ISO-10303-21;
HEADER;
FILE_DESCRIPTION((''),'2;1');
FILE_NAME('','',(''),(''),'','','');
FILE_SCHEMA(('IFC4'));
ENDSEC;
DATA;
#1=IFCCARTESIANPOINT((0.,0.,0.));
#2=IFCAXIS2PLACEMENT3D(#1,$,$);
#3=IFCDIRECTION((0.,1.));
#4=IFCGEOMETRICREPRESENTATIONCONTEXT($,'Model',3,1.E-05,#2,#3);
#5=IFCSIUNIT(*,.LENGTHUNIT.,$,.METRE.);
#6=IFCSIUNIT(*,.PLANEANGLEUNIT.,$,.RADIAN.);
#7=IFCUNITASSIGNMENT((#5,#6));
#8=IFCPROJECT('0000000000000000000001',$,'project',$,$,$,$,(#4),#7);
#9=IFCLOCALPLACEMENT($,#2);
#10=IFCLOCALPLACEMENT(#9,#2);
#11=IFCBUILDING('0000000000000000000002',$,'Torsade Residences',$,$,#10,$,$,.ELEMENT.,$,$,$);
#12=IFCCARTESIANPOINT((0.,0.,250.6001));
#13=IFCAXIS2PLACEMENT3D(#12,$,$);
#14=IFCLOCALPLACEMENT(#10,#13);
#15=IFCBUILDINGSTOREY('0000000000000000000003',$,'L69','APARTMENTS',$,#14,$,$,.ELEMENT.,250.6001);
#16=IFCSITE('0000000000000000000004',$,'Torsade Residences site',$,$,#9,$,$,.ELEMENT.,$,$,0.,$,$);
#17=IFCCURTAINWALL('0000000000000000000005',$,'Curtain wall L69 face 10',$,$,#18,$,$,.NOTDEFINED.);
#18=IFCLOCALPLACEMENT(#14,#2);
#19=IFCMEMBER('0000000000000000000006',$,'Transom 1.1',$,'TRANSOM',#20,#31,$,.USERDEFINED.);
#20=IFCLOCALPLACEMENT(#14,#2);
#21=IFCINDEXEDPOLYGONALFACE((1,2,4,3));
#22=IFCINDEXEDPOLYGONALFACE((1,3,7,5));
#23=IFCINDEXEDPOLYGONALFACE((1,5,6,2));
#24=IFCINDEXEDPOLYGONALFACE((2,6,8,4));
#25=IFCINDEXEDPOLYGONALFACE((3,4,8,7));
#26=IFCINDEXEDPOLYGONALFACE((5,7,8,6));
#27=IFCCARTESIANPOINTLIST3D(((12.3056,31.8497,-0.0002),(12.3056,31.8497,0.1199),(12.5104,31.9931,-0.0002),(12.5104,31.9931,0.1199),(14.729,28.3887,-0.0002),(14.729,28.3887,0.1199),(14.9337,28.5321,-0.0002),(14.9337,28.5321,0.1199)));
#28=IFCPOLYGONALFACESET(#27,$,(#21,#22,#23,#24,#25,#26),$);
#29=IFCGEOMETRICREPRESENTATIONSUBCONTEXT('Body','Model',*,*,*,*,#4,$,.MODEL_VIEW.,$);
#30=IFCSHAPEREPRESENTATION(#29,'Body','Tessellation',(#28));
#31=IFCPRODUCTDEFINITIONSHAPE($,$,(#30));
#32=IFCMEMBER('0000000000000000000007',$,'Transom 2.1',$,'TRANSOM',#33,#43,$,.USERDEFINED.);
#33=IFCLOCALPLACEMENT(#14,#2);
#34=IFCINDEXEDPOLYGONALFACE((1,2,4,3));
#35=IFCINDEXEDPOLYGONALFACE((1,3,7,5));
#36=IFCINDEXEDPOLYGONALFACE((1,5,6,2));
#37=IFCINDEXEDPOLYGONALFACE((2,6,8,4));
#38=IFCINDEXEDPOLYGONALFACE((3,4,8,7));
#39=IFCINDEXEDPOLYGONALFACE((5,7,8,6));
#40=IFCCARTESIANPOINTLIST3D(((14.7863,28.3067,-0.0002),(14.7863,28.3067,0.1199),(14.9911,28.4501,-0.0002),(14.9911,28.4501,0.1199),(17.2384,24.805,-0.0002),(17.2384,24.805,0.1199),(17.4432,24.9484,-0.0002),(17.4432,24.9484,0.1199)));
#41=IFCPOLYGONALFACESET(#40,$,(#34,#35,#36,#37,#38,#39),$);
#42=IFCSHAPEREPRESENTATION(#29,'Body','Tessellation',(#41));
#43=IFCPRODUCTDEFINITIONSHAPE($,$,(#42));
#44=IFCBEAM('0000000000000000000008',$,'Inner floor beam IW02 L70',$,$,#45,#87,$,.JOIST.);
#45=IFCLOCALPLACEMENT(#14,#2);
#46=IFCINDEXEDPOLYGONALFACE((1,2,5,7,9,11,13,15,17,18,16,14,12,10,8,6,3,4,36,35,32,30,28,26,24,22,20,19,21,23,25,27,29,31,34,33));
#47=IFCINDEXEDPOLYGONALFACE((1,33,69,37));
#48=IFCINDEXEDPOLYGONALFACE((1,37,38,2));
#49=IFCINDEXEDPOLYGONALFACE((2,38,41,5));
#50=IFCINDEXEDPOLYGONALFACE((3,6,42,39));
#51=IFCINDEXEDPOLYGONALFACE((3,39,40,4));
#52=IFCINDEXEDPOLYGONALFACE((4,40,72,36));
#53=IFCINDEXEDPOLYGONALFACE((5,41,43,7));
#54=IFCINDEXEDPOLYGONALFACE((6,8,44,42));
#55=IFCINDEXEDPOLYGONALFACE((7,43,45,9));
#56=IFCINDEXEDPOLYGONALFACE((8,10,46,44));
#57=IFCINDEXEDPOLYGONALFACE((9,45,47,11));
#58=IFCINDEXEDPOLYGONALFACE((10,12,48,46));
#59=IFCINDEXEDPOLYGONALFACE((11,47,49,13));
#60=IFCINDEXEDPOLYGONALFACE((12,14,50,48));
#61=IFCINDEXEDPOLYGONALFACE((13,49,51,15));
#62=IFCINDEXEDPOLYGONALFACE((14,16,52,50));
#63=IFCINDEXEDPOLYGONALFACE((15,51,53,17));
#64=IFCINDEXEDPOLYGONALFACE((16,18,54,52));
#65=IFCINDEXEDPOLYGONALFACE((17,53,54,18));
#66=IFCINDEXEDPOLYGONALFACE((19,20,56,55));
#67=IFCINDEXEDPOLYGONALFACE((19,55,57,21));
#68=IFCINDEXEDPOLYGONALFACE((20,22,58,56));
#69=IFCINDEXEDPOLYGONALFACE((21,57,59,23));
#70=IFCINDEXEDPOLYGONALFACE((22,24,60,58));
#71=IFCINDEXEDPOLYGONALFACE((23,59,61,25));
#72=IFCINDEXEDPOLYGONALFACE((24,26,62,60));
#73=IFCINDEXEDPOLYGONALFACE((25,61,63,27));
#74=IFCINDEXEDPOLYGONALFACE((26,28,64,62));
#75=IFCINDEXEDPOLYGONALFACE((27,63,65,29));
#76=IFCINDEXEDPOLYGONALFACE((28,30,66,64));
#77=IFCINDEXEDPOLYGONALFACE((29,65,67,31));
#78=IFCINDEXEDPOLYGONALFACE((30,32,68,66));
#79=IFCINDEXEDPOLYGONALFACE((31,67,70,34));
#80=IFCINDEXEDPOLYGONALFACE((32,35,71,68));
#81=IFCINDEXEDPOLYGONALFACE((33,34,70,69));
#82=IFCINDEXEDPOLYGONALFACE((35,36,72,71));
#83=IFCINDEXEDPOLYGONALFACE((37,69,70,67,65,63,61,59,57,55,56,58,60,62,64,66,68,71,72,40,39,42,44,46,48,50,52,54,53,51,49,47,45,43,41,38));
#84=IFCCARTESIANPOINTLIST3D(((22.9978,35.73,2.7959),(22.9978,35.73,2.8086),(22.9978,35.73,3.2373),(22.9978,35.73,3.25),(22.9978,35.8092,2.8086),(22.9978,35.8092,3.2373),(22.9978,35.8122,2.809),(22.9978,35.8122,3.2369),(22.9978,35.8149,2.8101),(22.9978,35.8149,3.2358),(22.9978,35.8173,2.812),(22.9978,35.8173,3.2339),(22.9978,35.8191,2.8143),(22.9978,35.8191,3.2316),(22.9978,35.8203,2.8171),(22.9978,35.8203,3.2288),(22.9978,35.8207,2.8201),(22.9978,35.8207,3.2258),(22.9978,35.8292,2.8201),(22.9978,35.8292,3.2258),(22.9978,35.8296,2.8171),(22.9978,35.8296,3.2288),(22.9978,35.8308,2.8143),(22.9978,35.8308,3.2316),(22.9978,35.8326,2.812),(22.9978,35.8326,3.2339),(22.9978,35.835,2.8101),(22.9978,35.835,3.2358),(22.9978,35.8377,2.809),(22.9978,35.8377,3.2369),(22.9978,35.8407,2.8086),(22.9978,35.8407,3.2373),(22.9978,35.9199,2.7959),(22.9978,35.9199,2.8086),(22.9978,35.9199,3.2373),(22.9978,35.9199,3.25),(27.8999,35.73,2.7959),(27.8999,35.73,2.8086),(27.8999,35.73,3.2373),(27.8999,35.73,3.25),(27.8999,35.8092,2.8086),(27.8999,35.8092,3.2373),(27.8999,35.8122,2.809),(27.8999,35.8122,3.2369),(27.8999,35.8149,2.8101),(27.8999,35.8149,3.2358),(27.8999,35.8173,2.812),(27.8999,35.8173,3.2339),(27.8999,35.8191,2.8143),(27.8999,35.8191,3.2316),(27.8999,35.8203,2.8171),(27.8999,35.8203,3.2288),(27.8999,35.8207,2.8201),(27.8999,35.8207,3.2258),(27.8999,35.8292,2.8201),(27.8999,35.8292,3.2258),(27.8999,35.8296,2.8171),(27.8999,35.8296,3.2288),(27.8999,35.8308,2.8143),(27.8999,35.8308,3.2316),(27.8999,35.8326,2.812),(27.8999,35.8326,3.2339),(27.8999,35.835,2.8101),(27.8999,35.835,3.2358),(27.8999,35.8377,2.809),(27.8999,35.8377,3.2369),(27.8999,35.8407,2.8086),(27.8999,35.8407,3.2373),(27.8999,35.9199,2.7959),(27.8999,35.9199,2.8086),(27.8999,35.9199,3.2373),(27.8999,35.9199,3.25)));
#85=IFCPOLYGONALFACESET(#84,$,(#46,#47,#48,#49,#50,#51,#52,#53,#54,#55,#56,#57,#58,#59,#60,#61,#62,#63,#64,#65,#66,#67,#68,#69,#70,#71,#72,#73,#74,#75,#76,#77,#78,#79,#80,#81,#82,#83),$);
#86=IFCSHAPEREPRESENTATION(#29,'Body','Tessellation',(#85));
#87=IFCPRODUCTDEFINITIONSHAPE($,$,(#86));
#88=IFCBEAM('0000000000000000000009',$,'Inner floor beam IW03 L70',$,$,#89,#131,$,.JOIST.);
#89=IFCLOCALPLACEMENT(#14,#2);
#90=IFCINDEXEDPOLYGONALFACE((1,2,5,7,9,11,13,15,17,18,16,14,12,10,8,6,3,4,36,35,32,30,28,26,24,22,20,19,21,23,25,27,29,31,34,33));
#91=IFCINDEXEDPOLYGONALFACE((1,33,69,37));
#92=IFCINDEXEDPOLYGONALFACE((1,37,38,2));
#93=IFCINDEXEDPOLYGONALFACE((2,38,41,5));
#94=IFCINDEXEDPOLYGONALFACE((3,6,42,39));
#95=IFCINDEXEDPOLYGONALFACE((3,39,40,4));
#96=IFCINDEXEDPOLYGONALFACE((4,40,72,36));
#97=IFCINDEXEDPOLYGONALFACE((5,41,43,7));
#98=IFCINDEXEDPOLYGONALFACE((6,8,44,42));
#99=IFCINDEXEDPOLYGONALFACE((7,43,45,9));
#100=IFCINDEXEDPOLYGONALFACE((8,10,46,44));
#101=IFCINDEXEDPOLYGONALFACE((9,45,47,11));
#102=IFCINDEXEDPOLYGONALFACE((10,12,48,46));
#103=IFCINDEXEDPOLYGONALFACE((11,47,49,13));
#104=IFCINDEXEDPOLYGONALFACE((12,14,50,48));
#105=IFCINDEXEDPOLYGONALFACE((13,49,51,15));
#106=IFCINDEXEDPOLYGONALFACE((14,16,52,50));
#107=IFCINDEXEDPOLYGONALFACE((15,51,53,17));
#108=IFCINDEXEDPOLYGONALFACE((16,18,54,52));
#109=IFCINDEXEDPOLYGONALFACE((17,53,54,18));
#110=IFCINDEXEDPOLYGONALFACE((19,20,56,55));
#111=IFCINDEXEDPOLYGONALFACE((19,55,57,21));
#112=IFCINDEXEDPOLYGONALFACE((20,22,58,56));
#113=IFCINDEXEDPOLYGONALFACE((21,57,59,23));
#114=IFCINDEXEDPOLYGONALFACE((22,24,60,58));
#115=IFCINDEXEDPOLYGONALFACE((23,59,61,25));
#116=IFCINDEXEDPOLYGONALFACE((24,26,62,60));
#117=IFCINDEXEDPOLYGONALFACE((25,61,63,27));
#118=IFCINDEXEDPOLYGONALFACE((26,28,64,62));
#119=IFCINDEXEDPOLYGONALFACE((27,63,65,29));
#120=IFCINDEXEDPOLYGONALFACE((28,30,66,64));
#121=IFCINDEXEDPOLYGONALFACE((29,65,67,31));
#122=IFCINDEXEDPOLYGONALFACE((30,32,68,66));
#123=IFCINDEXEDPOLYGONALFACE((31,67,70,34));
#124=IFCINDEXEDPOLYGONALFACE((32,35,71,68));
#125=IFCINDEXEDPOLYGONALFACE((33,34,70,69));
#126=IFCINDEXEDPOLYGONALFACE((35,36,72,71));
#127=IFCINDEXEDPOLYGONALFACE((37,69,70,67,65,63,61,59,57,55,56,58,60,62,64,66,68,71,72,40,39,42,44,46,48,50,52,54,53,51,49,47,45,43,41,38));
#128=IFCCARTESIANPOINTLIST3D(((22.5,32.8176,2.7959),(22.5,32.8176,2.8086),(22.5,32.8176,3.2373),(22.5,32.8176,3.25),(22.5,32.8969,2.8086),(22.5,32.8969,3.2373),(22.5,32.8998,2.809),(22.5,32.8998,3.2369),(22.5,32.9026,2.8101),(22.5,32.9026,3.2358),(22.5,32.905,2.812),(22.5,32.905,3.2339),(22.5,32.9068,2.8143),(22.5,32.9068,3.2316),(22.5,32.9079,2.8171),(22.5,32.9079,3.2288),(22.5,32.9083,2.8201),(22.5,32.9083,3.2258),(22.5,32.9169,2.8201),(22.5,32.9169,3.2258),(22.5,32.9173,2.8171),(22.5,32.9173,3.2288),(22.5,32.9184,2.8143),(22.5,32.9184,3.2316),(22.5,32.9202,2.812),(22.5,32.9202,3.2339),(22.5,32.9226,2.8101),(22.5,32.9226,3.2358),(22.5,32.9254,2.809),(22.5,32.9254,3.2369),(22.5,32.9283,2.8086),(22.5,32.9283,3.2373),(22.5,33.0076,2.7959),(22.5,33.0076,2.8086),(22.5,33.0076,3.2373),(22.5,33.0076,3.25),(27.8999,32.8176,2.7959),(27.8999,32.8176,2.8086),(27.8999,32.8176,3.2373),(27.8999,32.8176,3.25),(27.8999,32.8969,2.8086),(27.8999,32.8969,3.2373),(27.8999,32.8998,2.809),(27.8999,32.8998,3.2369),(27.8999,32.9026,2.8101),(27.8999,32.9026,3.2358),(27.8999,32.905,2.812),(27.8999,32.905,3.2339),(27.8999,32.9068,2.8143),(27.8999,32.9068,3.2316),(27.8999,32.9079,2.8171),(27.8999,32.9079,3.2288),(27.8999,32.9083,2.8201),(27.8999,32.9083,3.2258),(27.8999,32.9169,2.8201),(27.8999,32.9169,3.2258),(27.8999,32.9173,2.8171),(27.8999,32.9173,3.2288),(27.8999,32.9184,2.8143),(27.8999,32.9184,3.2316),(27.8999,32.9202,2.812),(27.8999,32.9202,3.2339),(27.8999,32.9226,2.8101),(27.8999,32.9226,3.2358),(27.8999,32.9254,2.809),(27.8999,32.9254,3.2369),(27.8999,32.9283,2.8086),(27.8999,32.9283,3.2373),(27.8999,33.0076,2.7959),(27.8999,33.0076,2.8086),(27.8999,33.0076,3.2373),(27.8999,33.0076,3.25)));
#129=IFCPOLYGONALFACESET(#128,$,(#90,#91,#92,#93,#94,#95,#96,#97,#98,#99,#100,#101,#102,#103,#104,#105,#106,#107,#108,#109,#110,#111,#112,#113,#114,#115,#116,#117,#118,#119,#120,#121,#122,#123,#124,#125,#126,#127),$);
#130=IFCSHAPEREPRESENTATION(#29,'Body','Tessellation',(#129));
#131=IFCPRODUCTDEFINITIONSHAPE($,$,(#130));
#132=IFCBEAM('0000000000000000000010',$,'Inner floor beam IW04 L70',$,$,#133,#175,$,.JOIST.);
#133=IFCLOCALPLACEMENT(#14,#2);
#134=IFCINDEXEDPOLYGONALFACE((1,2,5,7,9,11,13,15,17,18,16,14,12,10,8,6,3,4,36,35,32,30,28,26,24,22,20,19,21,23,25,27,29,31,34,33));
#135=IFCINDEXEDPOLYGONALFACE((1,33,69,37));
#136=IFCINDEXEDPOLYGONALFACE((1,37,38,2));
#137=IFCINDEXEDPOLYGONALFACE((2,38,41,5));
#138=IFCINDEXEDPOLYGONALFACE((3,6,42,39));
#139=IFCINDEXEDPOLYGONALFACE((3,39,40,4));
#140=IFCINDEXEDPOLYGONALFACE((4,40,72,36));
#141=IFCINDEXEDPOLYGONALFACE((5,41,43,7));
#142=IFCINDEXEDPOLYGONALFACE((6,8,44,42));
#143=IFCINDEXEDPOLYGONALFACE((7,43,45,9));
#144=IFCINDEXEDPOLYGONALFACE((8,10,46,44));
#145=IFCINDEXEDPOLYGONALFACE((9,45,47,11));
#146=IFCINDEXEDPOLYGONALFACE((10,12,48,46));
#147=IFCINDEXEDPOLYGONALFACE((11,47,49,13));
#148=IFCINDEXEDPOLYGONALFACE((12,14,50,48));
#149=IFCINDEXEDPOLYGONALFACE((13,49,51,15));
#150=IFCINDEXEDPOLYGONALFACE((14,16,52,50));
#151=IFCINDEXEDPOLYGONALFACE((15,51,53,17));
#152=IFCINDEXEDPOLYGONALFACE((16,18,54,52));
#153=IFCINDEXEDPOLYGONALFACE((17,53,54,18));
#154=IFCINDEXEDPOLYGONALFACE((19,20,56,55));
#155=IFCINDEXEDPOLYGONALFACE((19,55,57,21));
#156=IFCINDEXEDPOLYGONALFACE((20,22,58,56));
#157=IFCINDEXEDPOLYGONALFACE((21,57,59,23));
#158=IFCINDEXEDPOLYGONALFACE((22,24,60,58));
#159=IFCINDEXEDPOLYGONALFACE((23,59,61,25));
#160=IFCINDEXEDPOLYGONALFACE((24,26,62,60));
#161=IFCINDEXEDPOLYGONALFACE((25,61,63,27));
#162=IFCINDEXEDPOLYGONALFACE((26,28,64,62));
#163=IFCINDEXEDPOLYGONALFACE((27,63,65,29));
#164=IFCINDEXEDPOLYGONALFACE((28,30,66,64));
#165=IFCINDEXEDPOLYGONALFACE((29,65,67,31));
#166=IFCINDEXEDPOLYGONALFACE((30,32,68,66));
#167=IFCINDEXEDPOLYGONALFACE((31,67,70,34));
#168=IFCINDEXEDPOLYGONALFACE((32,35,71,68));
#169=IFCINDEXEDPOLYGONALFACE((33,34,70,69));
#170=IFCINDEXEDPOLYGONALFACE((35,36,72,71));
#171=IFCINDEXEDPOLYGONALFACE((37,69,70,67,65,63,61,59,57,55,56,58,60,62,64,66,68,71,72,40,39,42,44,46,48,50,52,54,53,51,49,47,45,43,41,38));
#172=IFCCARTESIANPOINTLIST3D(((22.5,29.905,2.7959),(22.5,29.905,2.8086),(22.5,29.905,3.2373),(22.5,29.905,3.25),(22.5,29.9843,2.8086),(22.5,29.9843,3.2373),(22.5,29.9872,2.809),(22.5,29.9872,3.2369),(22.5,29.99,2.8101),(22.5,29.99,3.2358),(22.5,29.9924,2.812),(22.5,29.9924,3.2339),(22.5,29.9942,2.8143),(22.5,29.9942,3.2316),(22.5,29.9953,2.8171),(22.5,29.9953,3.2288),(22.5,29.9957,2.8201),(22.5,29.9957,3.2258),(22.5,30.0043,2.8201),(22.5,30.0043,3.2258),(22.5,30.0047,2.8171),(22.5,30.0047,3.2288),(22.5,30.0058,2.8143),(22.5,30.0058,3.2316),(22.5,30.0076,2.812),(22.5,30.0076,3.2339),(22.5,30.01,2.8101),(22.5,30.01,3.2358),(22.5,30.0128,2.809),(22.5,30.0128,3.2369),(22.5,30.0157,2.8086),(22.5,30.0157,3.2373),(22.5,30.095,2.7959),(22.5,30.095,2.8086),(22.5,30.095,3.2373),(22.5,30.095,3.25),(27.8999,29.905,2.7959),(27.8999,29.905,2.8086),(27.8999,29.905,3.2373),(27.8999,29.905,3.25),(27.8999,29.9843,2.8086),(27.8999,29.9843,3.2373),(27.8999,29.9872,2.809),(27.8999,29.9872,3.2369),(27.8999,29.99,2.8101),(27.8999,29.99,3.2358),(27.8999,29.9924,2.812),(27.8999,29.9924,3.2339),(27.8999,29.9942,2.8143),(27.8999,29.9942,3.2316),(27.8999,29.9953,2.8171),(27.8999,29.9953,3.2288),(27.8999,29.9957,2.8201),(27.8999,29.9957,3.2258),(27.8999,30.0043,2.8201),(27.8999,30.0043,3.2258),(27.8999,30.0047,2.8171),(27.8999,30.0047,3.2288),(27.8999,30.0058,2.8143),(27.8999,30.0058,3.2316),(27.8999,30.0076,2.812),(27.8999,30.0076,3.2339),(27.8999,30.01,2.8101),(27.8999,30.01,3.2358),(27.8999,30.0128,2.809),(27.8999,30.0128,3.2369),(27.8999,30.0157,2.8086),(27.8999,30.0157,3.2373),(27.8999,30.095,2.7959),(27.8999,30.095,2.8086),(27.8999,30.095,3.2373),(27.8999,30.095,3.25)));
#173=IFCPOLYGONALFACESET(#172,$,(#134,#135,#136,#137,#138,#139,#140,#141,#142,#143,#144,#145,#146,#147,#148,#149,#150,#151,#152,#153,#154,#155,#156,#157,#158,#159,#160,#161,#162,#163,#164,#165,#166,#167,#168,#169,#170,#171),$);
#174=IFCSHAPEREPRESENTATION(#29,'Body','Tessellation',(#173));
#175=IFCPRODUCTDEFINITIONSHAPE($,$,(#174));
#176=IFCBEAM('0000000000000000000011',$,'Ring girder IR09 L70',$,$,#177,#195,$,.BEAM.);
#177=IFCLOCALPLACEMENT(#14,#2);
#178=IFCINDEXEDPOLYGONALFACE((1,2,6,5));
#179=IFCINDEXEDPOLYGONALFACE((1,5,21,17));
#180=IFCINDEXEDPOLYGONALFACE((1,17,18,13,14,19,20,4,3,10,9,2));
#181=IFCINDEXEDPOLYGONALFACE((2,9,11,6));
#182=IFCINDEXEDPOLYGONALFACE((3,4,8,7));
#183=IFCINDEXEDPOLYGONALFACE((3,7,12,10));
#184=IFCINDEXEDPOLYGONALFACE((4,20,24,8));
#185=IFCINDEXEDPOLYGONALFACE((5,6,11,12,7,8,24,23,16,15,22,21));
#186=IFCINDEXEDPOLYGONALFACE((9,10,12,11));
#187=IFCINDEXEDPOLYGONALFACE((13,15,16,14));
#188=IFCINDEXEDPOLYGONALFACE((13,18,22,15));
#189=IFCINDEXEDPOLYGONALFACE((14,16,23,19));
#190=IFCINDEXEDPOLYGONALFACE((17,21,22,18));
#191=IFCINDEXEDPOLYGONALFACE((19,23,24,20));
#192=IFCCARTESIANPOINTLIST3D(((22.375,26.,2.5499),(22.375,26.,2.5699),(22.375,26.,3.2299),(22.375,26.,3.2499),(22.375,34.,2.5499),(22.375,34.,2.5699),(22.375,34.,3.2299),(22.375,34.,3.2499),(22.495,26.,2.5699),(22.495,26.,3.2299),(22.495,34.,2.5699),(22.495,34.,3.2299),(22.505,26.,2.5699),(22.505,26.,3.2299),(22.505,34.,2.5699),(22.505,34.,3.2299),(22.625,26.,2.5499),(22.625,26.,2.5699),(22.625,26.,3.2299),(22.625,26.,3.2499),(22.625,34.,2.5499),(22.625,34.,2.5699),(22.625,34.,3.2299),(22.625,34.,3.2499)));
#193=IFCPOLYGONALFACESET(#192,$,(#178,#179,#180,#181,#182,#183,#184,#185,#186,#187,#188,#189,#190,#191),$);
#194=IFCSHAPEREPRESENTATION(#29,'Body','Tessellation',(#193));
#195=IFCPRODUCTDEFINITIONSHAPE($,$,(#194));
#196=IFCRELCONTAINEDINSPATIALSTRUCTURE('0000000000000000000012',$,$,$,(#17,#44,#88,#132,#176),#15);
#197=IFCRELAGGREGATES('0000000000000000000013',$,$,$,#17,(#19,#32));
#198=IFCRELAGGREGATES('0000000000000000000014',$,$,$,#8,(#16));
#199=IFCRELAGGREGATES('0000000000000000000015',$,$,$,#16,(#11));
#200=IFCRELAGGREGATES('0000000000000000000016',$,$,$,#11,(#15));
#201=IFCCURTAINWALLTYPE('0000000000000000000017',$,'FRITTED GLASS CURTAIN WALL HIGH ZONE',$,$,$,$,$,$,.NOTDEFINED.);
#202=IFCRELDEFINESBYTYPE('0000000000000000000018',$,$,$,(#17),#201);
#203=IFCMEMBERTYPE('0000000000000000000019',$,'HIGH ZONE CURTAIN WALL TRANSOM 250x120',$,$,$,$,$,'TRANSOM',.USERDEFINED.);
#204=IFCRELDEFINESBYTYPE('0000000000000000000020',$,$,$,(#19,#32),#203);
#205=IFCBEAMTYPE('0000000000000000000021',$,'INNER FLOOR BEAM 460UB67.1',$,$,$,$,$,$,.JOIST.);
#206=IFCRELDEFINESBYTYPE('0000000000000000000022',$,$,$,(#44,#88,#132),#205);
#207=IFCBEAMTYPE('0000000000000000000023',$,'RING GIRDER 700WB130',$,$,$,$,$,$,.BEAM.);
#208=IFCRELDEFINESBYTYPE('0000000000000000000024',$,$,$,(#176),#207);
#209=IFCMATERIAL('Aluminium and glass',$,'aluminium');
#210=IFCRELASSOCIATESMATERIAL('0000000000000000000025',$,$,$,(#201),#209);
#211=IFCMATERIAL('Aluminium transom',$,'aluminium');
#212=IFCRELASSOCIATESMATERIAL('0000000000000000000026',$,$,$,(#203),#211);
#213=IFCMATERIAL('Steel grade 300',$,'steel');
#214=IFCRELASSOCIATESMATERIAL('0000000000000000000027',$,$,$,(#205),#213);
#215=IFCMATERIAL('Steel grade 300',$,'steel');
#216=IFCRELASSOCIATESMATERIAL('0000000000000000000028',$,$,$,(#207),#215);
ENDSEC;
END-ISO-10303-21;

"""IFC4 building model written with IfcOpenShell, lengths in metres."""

from ifc_helpers import new_model, si_unit, direction, frame, origin, origin_2d, place, context, subcontext, project, spatial, rectangle, i_section, extrude, material, material_profile, profile_set, type_object, element, aggregate, save


model = new_model("IFC4")

# Units and contexts
model_context = context("Model", 3, precision=1e-05, world=origin(), true_north=direction((0.0, 1.0)))
body_context = subcontext(model_context, "Body", "Model", "MODEL_VIEW")
ifc_project = project(units=[si_unit("LENGTHUNIT", "METRE"), si_unit("PLANEANGLEUNIT", "RADIAN")], contexts=[model_context])

# Site, building, storey
site_placement = place(None, origin())
site = spatial("IfcSite", under=ifc_project, at=site_placement, Name="Torsade Residences site", CompositionType="ELEMENT", RefElevation=0.0)
building_placement = place(site_placement, origin())
building = spatial("IfcBuilding", under=site, at=building_placement, Name="Torsade Residences", CompositionType="ELEMENT")
storey_placement = place(building_placement, frame((0.0, 0.0, 250.6001)))
storey = spatial("IfcBuildingStorey", under=building, at=storey_placement, Name="L69", Description="APARTMENTS", CompositionType="ELEMENT", Elevation=250.6001)

# Curtain wall, members
ifc_material_1 = material(Name="Aluminium and glass", Category="aluminium")
curtain_wall_type = type_object("IfcCurtainWallType", Name="FRITTED GLASS CURTAIN WALL HIGH ZONE", PredefinedType="NOTDEFINED", material=ifc_material_1)
curtain_wall_placement = place(storey_placement, origin())
curtain_wall = element("IfcCurtainWall", 1, at=curtain_wall_placement, inside=storey, type_object=curtain_wall_type, Name="Curtain wall L69 face 10", PredefinedType="NOTDEFINED")
ifc_material_2 = material(Name="Aluminium transom", Category="aluminium")
ifc_material_profile_1 = material_profile(ifc_material_2, rectangle(XDim=0.25, YDim=0.1201, at=origin_2d()), Name="HIGH ZONE CURTAIN WALL TRANSOM 250x120")
ifc_profile_set_1 = profile_set([ifc_material_profile_1], Name="Aluminium transom")
member_type_1 = type_object("IfcMemberType", Name="HIGH ZONE CURTAIN WALL TRANSOM 250x120", ElementType="TRANSOM", PredefinedType="USERDEFINED", material=ifc_profile_set_1)
member_1_placement = place(storey_placement, frame((12.408, 31.9214, 0.0598), z_axis=(0.573571, -0.819156, 0.0), x_axis=(0.819156, 0.573571, 0.0)))
member_1 = element("IfcMember", 2, at=member_1_placement, type_object=member_type_1, Name="Transom 1.1", ObjectType="TRANSOM", PredefinedType="USERDEFINED", context=body_context, shape_type="SweptSolid", body=[
    extrude(rectangle(XDim=0.25, YDim=0.1201, at=origin_2d()), origin(), (0.0, 0.0, 1.0), 4.2251),
])
member_2_placement = place(storey_placement, frame((14.8887, 28.3784, 0.0598), z_axis=(0.573612, -0.819127, 0.0), x_axis=(0.819127, 0.573612, 0.0)))
member_2 = element("IfcMember", 3, at=member_2_placement, type_object=member_type_1, Name="Transom 2.1", ObjectType="TRANSOM", PredefinedType="USERDEFINED", context=body_context, shape_type="SweptSolid", body=[
    extrude(rectangle(XDim=0.25, YDim=0.1201, at=origin_2d()), origin(), (0.0, 0.0, 1.0), 4.2749),
])

# Beams
ifc_material_3 = material(Name="Steel grade 300", Category="steel")
ifc_material_profile_2 = material_profile(ifc_material_3, i_section(OverallWidth=0.1899, OverallDepth=0.4541, WebThickness=0.0085, FlangeThickness=0.0127, FilletRadius=0.0115, at=origin_2d()), Name="460UB67.1")
ifc_profile_set_2 = profile_set([ifc_material_profile_2], Name="Steel grade 300")
beam_type_1 = type_object("IfcBeamType", Name="INNER FLOOR BEAM 460UB67.1", PredefinedType="JOIST", material=ifc_profile_set_2)
beam_1_placement = place(storey_placement, frame((27.8999, 35.825, 3.0229), z_axis=(-1.0, 0.0, 0.0), x_axis=(0.0, -1.0, 0.0)))
element("IfcBeam", 4, at=beam_1_placement, inside=storey, type_object=beam_type_1, Name="Inner floor beam IW02 L70", PredefinedType="JOIST", context=body_context, shape_type="SweptSolid", body=[
    extrude(i_section(OverallWidth=0.1899, OverallDepth=0.4541, WebThickness=0.0085, FlangeThickness=0.0127, FilletRadius=0.0115, at=origin_2d()), origin(), (0.0, 0.0, 1.0), 4.9021),
])
for number, where, z_axis, x_axis, name in (
    (5, (27.8999, 32.9126, 3.0229), (-1.0, 0.0, 0.0), (0.0, -1.0, 0.0), "Inner floor beam IW03 L70"),
    (6, (27.8999, 30.0, 3.0229), (-1.0, 0.0, 0.0), (0.0, -1.0, 0.0), "Inner floor beam IW04 L70"),
):
    element("IfcBeam", number, at=place(storey_placement, frame(where, z_axis=z_axis, x_axis=x_axis)), inside=storey, type_object=beam_type_1, Name=name, PredefinedType="JOIST", context=body_context, shape_type="SweptSolid", body=[
        extrude(i_section(OverallWidth=0.1899, OverallDepth=0.4541, WebThickness=0.0085, FlangeThickness=0.0127, FilletRadius=0.0115, at=origin_2d()), origin(), (0.0, 0.0, 1.0), 5.3999),
    ])
ifc_material_4 = material(Name="Steel grade 300", Category="steel")
ifc_material_profile_3 = material_profile(ifc_material_4, i_section(OverallWidth=0.25, OverallDepth=0.7, WebThickness=0.01, FlangeThickness=0.02, at=origin_2d()), Name="700WB130")
ifc_profile_set_3 = profile_set([ifc_material_profile_3], Name="Steel grade 300")
beam_type_2 = type_object("IfcBeamType", Name="RING GIRDER 700WB130", PredefinedType="BEAM", material=ifc_profile_set_3)
beam_2_placement = place(storey_placement, frame((22.5, 34.0, 2.8999), z_axis=(0.0, -1.0, 0.0), x_axis=(1.0, 0.0, 0.0)))
element("IfcBeam", 7, at=beam_2_placement, inside=storey, type_object=beam_type_2, Name="Ring girder IR09 L70", PredefinedType="BEAM", context=body_context, shape_type="SweptSolid", body=[
    extrude(i_section(OverallWidth=0.25, OverallDepth=0.7, WebThickness=0.01, FlangeThickness=0.02, at=origin_2d()), origin(), (0.0, 0.0, 1.0), 8.0),
])

aggregate(curtain_wall, [member_1, member_2])

save(model, "model.ifc")
